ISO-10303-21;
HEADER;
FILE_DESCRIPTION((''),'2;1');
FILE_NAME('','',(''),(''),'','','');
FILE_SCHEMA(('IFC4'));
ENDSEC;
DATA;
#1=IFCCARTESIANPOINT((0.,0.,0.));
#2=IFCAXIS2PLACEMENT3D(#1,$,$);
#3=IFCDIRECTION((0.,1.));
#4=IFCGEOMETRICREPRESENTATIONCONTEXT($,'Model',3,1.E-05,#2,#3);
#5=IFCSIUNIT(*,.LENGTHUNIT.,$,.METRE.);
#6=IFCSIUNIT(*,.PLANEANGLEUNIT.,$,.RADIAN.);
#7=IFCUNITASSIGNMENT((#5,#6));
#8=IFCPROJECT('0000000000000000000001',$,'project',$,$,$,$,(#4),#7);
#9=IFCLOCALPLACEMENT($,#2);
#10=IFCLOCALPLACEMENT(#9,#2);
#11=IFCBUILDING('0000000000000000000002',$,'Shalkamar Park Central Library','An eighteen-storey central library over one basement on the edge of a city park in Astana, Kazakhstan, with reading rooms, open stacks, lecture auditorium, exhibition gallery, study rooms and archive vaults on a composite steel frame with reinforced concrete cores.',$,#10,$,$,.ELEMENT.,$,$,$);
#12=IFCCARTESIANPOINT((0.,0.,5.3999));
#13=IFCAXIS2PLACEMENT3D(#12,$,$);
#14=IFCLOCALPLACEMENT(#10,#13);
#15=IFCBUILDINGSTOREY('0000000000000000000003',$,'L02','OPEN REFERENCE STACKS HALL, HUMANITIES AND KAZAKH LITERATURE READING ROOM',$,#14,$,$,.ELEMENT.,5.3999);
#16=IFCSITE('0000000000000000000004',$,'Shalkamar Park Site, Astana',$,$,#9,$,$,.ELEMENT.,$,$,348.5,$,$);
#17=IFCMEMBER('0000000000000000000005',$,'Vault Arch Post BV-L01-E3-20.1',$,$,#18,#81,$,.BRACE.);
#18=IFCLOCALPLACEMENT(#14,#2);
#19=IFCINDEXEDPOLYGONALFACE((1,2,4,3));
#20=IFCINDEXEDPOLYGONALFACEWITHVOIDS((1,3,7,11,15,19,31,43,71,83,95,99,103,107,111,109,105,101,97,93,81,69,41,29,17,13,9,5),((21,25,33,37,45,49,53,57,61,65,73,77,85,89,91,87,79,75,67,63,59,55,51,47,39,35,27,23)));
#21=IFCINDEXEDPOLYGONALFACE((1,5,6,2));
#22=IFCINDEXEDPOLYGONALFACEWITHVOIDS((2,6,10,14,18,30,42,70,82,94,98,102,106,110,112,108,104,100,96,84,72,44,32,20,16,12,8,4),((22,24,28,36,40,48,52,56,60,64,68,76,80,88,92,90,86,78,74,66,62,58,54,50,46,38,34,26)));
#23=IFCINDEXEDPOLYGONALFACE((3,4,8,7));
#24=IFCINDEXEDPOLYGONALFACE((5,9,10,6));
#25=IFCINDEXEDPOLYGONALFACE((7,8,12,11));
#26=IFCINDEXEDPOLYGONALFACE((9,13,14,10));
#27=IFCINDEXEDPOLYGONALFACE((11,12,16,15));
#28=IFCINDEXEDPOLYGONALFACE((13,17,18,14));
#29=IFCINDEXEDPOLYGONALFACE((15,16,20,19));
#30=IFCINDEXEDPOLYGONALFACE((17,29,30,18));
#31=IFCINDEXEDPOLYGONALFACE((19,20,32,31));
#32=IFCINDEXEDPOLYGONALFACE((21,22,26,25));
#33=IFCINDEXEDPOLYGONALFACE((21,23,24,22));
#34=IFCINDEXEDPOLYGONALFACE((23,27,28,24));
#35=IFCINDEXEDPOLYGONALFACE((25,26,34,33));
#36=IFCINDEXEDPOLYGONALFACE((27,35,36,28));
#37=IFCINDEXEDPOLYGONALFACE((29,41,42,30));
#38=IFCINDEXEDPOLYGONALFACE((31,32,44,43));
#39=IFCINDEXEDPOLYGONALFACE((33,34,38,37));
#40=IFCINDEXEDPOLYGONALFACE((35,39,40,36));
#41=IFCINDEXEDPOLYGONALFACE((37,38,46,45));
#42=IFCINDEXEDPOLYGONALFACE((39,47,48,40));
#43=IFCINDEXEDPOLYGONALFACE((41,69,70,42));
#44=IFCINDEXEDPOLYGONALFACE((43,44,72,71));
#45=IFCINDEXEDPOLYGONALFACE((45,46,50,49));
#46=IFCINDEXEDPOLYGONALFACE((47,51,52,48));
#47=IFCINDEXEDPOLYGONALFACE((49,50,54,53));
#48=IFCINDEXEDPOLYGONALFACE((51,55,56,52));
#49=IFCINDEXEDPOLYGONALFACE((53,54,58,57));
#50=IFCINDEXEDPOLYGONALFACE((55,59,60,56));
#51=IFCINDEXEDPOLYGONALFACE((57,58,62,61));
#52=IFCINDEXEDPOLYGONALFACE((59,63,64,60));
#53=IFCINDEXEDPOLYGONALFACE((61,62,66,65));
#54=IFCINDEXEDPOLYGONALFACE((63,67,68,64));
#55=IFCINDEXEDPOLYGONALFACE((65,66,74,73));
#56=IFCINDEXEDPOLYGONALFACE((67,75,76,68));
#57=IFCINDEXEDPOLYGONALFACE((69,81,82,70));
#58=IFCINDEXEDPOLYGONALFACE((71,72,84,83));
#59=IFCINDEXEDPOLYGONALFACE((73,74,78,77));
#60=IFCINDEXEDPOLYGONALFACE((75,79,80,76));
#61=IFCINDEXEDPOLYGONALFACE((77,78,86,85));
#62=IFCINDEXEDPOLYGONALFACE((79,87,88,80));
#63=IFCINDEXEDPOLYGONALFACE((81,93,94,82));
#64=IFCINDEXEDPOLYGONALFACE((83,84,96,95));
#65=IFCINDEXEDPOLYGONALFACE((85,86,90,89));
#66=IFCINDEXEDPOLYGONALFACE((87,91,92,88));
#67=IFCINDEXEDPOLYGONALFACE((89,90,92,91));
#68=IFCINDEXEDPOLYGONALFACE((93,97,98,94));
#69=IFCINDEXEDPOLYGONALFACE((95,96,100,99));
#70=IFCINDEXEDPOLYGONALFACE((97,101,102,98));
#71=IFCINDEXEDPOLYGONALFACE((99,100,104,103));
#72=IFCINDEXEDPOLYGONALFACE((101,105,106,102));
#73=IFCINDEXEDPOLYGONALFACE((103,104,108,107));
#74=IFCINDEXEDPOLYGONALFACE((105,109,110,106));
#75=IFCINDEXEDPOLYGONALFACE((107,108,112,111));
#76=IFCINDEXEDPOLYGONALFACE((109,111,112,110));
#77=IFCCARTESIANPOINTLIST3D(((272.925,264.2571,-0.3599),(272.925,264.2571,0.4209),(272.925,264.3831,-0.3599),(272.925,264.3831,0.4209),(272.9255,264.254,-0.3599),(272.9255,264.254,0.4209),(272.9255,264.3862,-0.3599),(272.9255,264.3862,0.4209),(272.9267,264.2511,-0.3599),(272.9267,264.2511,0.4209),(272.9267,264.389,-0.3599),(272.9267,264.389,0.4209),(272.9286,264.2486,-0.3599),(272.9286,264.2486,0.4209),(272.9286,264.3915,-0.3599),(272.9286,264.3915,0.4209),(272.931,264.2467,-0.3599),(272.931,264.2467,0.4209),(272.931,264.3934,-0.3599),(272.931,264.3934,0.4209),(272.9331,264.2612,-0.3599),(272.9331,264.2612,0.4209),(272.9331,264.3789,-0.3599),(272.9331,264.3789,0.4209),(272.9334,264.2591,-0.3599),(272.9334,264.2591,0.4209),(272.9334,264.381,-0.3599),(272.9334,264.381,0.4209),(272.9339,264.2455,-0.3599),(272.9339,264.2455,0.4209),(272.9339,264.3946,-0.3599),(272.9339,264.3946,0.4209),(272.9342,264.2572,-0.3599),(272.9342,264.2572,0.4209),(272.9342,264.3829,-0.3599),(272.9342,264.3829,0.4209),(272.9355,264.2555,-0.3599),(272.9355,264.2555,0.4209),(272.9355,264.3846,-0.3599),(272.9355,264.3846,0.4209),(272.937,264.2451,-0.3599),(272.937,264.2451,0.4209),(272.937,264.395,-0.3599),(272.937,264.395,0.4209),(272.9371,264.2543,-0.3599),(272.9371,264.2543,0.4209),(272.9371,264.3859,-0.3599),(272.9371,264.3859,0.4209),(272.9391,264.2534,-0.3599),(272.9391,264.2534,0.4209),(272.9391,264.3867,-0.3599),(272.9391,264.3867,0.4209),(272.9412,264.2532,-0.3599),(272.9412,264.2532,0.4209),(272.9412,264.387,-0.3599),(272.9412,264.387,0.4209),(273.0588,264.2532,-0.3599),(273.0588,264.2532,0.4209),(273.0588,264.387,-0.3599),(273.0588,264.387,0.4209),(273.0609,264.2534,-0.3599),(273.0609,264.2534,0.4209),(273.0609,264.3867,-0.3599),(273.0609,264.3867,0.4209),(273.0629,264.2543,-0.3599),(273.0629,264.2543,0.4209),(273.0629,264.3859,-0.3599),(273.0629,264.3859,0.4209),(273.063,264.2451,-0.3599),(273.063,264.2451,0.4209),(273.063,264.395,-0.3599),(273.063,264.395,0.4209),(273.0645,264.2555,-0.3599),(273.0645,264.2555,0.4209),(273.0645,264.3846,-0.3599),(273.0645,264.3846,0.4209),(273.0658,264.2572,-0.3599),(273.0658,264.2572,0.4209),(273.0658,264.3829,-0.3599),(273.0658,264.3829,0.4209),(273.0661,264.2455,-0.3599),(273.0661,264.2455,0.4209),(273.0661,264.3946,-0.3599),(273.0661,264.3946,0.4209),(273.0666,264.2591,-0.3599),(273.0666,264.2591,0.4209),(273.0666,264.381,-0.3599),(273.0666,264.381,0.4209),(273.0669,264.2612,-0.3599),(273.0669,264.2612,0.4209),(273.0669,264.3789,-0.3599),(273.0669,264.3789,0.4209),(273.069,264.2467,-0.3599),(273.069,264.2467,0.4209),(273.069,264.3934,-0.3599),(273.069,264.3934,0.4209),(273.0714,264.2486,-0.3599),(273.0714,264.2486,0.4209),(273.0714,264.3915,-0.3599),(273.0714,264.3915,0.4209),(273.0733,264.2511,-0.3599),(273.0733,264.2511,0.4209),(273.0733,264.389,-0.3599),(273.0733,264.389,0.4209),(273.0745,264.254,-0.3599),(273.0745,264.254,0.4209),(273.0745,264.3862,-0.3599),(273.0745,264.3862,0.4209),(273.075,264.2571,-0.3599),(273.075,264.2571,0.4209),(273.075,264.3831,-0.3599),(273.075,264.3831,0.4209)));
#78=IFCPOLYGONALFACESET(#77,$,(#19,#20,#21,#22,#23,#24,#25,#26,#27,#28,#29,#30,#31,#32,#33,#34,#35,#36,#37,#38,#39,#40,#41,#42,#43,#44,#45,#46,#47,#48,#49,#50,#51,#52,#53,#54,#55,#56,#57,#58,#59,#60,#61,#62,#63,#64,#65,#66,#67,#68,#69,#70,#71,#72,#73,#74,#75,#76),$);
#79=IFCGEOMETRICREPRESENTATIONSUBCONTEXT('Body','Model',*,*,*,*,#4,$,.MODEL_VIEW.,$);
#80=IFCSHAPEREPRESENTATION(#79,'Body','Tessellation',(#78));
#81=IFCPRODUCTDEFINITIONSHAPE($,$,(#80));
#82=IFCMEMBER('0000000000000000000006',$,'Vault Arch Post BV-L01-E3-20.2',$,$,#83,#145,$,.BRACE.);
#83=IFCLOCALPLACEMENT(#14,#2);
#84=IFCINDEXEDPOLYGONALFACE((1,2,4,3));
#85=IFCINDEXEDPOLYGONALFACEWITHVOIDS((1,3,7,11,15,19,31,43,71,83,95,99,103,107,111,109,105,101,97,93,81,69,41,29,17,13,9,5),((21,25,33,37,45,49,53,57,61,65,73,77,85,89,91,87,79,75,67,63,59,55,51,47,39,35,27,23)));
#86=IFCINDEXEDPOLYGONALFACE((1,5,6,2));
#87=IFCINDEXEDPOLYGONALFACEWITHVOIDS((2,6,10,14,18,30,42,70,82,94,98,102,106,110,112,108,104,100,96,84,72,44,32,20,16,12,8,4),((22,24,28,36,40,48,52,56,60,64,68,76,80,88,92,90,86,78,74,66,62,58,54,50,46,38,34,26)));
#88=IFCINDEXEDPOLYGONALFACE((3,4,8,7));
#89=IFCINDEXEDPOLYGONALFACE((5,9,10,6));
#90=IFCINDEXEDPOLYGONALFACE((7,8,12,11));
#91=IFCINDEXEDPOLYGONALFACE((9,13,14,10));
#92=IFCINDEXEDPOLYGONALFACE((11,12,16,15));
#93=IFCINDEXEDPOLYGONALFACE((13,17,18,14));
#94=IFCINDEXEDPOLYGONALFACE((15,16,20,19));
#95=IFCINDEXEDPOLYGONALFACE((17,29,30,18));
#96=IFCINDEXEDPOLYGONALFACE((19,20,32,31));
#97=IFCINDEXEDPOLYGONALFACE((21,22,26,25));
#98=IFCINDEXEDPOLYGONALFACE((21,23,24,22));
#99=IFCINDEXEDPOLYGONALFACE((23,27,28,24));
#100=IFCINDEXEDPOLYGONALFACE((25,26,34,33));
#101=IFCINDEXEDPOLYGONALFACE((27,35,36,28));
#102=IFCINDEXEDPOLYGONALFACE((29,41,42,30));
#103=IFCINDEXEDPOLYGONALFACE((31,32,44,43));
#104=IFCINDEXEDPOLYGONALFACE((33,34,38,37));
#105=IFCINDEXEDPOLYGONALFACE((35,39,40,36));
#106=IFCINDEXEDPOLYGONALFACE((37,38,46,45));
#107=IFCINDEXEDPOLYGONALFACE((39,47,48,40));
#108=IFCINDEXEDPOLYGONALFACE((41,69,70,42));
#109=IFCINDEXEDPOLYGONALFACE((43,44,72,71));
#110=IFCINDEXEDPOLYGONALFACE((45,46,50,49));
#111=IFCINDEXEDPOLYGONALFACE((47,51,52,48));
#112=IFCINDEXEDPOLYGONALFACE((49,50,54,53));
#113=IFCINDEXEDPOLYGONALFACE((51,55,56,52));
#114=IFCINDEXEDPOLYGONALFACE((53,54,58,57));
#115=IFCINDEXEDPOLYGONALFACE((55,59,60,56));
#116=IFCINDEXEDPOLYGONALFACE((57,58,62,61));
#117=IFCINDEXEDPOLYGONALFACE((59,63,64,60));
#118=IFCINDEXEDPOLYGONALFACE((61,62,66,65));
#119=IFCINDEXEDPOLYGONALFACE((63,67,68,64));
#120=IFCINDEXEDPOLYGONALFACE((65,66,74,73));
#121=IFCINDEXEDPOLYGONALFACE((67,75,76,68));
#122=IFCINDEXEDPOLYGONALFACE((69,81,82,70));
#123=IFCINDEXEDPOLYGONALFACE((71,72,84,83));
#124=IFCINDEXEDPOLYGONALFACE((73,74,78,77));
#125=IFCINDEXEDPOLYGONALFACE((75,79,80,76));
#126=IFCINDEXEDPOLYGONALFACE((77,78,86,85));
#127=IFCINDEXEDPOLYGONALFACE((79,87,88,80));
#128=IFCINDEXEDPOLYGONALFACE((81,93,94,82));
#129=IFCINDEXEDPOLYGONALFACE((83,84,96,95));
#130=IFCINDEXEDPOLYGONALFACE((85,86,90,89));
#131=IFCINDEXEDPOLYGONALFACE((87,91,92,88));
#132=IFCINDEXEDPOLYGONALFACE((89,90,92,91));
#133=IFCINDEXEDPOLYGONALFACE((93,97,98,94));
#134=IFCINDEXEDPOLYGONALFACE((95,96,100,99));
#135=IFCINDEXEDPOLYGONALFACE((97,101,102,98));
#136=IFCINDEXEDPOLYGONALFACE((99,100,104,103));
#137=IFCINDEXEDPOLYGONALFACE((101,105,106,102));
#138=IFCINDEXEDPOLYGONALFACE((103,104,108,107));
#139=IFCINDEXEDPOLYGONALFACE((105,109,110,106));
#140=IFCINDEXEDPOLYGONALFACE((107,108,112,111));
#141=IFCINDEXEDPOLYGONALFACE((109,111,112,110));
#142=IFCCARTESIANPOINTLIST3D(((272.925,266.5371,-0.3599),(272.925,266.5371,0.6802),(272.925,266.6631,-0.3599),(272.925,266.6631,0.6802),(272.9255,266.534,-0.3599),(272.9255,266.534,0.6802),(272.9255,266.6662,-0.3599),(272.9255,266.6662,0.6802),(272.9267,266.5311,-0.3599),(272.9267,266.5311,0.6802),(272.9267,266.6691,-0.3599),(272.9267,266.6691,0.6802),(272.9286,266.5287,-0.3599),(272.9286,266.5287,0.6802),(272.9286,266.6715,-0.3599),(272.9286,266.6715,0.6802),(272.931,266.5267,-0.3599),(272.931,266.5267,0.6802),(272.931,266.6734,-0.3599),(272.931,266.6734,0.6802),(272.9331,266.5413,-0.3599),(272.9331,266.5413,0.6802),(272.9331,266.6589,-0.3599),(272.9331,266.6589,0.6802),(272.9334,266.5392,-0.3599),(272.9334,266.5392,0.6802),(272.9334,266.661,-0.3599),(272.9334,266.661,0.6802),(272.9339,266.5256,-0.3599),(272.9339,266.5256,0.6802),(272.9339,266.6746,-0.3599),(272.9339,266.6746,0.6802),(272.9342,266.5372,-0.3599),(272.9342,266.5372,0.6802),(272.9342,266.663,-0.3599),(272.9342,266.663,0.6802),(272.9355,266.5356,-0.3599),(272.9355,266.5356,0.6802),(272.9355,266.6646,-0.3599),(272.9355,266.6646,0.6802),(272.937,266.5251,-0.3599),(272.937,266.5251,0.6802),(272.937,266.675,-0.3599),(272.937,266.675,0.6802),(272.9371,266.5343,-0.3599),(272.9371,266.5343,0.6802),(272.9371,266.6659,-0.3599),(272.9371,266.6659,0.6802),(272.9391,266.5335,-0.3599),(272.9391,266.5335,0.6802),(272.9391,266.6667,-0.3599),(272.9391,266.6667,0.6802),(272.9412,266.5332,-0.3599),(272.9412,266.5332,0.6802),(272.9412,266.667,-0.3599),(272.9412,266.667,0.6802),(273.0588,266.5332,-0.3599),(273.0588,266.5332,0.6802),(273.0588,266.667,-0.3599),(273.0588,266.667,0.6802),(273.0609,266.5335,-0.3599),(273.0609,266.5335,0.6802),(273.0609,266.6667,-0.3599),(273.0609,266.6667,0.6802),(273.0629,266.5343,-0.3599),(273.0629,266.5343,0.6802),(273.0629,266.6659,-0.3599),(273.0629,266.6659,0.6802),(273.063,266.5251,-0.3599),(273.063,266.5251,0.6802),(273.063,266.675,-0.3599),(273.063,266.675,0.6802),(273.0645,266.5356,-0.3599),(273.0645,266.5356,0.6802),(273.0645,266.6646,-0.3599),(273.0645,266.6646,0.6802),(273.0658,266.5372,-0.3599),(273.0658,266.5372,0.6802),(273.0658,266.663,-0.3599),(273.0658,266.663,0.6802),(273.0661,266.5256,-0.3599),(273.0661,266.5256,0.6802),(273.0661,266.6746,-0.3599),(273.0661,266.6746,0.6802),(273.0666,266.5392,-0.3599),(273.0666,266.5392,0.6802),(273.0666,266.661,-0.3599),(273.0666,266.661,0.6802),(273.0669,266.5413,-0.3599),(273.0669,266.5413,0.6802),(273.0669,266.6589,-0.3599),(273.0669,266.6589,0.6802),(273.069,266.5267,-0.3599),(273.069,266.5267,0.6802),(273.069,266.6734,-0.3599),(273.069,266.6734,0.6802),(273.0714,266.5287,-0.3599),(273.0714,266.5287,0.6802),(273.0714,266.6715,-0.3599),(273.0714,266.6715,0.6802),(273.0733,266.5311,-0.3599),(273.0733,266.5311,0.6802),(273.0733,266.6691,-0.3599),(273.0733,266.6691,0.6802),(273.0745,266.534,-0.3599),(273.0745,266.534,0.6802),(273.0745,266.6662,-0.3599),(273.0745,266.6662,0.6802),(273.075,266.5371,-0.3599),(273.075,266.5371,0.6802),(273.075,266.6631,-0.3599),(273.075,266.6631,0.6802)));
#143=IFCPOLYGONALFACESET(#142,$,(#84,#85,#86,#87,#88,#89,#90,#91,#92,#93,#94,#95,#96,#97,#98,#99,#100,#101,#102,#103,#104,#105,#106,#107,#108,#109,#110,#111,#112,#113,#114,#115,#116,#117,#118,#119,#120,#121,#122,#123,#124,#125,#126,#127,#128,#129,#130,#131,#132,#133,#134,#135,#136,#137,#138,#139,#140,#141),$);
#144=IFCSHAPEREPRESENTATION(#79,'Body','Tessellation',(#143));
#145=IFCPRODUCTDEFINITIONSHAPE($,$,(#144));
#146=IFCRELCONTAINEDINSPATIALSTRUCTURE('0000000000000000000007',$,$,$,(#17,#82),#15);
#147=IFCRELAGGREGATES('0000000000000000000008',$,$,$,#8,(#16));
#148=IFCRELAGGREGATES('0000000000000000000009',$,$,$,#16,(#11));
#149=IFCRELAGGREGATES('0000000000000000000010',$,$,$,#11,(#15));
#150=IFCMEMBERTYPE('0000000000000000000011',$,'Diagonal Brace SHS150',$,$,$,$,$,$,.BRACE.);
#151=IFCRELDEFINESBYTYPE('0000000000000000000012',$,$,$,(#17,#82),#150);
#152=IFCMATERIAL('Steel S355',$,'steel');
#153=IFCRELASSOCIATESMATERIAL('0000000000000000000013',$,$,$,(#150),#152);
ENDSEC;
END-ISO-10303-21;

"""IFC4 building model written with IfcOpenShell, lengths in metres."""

from ifc_helpers import new_model, si_unit, direction, frame, origin, origin_2d, place, context, subcontext, project, spatial, hollow_rectangle, extrude, material, material_profile, profile_set, type_object, element, save


model = new_model("IFC4")

# Units and contexts
model_context = context("Model", 3, precision=1e-05, world=origin(), true_north=direction((0.0, 1.0)))
body_context = subcontext(model_context, "Body", "Model", "MODEL_VIEW")
ifc_project = project(units=[si_unit("LENGTHUNIT", "METRE"), si_unit("PLANEANGLEUNIT", "RADIAN")], contexts=[model_context])

# Site, building, storey
site_placement = place(None, origin())
site = spatial("IfcSite", under=ifc_project, at=site_placement, Name="Shalkamar Park Site, Astana", CompositionType="ELEMENT", RefElevation=348.5)
building_placement = place(site_placement, origin())
building = spatial("IfcBuilding", under=site, at=building_placement, Name="Shalkamar Park Central Library", Description="An eighteen-storey central library over one basement on the edge of a city park in Astana, Kazakhstan, with reading rooms, open stacks, lecture auditorium, exhibition gallery, study rooms and archive vaults on a composite steel frame with reinforced concrete cores.", CompositionType="ELEMENT")
storey_placement = place(building_placement, frame((0.0, 0.0, 5.3999)))
storey = spatial("IfcBuildingStorey", under=building, at=storey_placement, Name="L02", Description="OPEN REFERENCE STACKS HALL, HUMANITIES AND KAZAKH LITERATURE READING ROOM", CompositionType="ELEMENT", Elevation=5.3999)

# Shared definitions
ifc_material_1 = material(Name="Steel S355", Category="steel")

# Members
ifc_material_profile_1 = material_profile(ifc_material_1, hollow_rectangle(XDim=0.1499, YDim=0.1499, WallThickness=0.0081, InnerFilletRadius=0.0081, OuterFilletRadius=0.012, at=origin_2d()), Name="SHS 150x150x8")
ifc_profile_set_1 = profile_set([ifc_material_profile_1], Name="Steel S355")
member_type_1 = type_object("IfcMemberType", Name="Diagonal Brace SHS150", PredefinedType="BRACE", material=ifc_profile_set_1)
for number, where, z_axis, x_axis, name in (
    (1, (273.0, 264.3201, -0.3599), (0.0, 0.0, 1.0), (1.0, 0.0, 0.0), "Vault Arch Post BV-L01-E3-20.1"),
):
    element("IfcMember", number, at=place(storey_placement, frame(where, z_axis=z_axis, x_axis=x_axis)), inside=storey, type_object=member_type_1, Name=name, PredefinedType="BRACE", context=body_context, shape_type="SweptSolid", body=[
        extrude(hollow_rectangle(XDim=0.1499, YDim=0.1499, WallThickness=0.0081, InnerFilletRadius=0.0081, OuterFilletRadius=0.012, at=origin_2d()), origin(), (0.0, 0.0, 1.0), 0.7808),
    ])
member_1_placement = place(storey_placement, frame((273.0, 266.6001, -0.3599), z_axis=(0.0, 0.0, 1.0), x_axis=(1.0, 0.0, 0.0)))
element("IfcMember", 2, at=member_1_placement, inside=storey, type_object=member_type_1, Name="Vault Arch Post BV-L01-E3-20.2", PredefinedType="BRACE", context=body_context, shape_type="SweptSolid", body=[
    extrude(hollow_rectangle(XDim=0.1499, YDim=0.1499, WallThickness=0.0081, InnerFilletRadius=0.0081, OuterFilletRadius=0.012, at=origin_2d()), origin(), (0.0, 0.0, 1.0), 1.04),
])

save(model, "model.ifc")
